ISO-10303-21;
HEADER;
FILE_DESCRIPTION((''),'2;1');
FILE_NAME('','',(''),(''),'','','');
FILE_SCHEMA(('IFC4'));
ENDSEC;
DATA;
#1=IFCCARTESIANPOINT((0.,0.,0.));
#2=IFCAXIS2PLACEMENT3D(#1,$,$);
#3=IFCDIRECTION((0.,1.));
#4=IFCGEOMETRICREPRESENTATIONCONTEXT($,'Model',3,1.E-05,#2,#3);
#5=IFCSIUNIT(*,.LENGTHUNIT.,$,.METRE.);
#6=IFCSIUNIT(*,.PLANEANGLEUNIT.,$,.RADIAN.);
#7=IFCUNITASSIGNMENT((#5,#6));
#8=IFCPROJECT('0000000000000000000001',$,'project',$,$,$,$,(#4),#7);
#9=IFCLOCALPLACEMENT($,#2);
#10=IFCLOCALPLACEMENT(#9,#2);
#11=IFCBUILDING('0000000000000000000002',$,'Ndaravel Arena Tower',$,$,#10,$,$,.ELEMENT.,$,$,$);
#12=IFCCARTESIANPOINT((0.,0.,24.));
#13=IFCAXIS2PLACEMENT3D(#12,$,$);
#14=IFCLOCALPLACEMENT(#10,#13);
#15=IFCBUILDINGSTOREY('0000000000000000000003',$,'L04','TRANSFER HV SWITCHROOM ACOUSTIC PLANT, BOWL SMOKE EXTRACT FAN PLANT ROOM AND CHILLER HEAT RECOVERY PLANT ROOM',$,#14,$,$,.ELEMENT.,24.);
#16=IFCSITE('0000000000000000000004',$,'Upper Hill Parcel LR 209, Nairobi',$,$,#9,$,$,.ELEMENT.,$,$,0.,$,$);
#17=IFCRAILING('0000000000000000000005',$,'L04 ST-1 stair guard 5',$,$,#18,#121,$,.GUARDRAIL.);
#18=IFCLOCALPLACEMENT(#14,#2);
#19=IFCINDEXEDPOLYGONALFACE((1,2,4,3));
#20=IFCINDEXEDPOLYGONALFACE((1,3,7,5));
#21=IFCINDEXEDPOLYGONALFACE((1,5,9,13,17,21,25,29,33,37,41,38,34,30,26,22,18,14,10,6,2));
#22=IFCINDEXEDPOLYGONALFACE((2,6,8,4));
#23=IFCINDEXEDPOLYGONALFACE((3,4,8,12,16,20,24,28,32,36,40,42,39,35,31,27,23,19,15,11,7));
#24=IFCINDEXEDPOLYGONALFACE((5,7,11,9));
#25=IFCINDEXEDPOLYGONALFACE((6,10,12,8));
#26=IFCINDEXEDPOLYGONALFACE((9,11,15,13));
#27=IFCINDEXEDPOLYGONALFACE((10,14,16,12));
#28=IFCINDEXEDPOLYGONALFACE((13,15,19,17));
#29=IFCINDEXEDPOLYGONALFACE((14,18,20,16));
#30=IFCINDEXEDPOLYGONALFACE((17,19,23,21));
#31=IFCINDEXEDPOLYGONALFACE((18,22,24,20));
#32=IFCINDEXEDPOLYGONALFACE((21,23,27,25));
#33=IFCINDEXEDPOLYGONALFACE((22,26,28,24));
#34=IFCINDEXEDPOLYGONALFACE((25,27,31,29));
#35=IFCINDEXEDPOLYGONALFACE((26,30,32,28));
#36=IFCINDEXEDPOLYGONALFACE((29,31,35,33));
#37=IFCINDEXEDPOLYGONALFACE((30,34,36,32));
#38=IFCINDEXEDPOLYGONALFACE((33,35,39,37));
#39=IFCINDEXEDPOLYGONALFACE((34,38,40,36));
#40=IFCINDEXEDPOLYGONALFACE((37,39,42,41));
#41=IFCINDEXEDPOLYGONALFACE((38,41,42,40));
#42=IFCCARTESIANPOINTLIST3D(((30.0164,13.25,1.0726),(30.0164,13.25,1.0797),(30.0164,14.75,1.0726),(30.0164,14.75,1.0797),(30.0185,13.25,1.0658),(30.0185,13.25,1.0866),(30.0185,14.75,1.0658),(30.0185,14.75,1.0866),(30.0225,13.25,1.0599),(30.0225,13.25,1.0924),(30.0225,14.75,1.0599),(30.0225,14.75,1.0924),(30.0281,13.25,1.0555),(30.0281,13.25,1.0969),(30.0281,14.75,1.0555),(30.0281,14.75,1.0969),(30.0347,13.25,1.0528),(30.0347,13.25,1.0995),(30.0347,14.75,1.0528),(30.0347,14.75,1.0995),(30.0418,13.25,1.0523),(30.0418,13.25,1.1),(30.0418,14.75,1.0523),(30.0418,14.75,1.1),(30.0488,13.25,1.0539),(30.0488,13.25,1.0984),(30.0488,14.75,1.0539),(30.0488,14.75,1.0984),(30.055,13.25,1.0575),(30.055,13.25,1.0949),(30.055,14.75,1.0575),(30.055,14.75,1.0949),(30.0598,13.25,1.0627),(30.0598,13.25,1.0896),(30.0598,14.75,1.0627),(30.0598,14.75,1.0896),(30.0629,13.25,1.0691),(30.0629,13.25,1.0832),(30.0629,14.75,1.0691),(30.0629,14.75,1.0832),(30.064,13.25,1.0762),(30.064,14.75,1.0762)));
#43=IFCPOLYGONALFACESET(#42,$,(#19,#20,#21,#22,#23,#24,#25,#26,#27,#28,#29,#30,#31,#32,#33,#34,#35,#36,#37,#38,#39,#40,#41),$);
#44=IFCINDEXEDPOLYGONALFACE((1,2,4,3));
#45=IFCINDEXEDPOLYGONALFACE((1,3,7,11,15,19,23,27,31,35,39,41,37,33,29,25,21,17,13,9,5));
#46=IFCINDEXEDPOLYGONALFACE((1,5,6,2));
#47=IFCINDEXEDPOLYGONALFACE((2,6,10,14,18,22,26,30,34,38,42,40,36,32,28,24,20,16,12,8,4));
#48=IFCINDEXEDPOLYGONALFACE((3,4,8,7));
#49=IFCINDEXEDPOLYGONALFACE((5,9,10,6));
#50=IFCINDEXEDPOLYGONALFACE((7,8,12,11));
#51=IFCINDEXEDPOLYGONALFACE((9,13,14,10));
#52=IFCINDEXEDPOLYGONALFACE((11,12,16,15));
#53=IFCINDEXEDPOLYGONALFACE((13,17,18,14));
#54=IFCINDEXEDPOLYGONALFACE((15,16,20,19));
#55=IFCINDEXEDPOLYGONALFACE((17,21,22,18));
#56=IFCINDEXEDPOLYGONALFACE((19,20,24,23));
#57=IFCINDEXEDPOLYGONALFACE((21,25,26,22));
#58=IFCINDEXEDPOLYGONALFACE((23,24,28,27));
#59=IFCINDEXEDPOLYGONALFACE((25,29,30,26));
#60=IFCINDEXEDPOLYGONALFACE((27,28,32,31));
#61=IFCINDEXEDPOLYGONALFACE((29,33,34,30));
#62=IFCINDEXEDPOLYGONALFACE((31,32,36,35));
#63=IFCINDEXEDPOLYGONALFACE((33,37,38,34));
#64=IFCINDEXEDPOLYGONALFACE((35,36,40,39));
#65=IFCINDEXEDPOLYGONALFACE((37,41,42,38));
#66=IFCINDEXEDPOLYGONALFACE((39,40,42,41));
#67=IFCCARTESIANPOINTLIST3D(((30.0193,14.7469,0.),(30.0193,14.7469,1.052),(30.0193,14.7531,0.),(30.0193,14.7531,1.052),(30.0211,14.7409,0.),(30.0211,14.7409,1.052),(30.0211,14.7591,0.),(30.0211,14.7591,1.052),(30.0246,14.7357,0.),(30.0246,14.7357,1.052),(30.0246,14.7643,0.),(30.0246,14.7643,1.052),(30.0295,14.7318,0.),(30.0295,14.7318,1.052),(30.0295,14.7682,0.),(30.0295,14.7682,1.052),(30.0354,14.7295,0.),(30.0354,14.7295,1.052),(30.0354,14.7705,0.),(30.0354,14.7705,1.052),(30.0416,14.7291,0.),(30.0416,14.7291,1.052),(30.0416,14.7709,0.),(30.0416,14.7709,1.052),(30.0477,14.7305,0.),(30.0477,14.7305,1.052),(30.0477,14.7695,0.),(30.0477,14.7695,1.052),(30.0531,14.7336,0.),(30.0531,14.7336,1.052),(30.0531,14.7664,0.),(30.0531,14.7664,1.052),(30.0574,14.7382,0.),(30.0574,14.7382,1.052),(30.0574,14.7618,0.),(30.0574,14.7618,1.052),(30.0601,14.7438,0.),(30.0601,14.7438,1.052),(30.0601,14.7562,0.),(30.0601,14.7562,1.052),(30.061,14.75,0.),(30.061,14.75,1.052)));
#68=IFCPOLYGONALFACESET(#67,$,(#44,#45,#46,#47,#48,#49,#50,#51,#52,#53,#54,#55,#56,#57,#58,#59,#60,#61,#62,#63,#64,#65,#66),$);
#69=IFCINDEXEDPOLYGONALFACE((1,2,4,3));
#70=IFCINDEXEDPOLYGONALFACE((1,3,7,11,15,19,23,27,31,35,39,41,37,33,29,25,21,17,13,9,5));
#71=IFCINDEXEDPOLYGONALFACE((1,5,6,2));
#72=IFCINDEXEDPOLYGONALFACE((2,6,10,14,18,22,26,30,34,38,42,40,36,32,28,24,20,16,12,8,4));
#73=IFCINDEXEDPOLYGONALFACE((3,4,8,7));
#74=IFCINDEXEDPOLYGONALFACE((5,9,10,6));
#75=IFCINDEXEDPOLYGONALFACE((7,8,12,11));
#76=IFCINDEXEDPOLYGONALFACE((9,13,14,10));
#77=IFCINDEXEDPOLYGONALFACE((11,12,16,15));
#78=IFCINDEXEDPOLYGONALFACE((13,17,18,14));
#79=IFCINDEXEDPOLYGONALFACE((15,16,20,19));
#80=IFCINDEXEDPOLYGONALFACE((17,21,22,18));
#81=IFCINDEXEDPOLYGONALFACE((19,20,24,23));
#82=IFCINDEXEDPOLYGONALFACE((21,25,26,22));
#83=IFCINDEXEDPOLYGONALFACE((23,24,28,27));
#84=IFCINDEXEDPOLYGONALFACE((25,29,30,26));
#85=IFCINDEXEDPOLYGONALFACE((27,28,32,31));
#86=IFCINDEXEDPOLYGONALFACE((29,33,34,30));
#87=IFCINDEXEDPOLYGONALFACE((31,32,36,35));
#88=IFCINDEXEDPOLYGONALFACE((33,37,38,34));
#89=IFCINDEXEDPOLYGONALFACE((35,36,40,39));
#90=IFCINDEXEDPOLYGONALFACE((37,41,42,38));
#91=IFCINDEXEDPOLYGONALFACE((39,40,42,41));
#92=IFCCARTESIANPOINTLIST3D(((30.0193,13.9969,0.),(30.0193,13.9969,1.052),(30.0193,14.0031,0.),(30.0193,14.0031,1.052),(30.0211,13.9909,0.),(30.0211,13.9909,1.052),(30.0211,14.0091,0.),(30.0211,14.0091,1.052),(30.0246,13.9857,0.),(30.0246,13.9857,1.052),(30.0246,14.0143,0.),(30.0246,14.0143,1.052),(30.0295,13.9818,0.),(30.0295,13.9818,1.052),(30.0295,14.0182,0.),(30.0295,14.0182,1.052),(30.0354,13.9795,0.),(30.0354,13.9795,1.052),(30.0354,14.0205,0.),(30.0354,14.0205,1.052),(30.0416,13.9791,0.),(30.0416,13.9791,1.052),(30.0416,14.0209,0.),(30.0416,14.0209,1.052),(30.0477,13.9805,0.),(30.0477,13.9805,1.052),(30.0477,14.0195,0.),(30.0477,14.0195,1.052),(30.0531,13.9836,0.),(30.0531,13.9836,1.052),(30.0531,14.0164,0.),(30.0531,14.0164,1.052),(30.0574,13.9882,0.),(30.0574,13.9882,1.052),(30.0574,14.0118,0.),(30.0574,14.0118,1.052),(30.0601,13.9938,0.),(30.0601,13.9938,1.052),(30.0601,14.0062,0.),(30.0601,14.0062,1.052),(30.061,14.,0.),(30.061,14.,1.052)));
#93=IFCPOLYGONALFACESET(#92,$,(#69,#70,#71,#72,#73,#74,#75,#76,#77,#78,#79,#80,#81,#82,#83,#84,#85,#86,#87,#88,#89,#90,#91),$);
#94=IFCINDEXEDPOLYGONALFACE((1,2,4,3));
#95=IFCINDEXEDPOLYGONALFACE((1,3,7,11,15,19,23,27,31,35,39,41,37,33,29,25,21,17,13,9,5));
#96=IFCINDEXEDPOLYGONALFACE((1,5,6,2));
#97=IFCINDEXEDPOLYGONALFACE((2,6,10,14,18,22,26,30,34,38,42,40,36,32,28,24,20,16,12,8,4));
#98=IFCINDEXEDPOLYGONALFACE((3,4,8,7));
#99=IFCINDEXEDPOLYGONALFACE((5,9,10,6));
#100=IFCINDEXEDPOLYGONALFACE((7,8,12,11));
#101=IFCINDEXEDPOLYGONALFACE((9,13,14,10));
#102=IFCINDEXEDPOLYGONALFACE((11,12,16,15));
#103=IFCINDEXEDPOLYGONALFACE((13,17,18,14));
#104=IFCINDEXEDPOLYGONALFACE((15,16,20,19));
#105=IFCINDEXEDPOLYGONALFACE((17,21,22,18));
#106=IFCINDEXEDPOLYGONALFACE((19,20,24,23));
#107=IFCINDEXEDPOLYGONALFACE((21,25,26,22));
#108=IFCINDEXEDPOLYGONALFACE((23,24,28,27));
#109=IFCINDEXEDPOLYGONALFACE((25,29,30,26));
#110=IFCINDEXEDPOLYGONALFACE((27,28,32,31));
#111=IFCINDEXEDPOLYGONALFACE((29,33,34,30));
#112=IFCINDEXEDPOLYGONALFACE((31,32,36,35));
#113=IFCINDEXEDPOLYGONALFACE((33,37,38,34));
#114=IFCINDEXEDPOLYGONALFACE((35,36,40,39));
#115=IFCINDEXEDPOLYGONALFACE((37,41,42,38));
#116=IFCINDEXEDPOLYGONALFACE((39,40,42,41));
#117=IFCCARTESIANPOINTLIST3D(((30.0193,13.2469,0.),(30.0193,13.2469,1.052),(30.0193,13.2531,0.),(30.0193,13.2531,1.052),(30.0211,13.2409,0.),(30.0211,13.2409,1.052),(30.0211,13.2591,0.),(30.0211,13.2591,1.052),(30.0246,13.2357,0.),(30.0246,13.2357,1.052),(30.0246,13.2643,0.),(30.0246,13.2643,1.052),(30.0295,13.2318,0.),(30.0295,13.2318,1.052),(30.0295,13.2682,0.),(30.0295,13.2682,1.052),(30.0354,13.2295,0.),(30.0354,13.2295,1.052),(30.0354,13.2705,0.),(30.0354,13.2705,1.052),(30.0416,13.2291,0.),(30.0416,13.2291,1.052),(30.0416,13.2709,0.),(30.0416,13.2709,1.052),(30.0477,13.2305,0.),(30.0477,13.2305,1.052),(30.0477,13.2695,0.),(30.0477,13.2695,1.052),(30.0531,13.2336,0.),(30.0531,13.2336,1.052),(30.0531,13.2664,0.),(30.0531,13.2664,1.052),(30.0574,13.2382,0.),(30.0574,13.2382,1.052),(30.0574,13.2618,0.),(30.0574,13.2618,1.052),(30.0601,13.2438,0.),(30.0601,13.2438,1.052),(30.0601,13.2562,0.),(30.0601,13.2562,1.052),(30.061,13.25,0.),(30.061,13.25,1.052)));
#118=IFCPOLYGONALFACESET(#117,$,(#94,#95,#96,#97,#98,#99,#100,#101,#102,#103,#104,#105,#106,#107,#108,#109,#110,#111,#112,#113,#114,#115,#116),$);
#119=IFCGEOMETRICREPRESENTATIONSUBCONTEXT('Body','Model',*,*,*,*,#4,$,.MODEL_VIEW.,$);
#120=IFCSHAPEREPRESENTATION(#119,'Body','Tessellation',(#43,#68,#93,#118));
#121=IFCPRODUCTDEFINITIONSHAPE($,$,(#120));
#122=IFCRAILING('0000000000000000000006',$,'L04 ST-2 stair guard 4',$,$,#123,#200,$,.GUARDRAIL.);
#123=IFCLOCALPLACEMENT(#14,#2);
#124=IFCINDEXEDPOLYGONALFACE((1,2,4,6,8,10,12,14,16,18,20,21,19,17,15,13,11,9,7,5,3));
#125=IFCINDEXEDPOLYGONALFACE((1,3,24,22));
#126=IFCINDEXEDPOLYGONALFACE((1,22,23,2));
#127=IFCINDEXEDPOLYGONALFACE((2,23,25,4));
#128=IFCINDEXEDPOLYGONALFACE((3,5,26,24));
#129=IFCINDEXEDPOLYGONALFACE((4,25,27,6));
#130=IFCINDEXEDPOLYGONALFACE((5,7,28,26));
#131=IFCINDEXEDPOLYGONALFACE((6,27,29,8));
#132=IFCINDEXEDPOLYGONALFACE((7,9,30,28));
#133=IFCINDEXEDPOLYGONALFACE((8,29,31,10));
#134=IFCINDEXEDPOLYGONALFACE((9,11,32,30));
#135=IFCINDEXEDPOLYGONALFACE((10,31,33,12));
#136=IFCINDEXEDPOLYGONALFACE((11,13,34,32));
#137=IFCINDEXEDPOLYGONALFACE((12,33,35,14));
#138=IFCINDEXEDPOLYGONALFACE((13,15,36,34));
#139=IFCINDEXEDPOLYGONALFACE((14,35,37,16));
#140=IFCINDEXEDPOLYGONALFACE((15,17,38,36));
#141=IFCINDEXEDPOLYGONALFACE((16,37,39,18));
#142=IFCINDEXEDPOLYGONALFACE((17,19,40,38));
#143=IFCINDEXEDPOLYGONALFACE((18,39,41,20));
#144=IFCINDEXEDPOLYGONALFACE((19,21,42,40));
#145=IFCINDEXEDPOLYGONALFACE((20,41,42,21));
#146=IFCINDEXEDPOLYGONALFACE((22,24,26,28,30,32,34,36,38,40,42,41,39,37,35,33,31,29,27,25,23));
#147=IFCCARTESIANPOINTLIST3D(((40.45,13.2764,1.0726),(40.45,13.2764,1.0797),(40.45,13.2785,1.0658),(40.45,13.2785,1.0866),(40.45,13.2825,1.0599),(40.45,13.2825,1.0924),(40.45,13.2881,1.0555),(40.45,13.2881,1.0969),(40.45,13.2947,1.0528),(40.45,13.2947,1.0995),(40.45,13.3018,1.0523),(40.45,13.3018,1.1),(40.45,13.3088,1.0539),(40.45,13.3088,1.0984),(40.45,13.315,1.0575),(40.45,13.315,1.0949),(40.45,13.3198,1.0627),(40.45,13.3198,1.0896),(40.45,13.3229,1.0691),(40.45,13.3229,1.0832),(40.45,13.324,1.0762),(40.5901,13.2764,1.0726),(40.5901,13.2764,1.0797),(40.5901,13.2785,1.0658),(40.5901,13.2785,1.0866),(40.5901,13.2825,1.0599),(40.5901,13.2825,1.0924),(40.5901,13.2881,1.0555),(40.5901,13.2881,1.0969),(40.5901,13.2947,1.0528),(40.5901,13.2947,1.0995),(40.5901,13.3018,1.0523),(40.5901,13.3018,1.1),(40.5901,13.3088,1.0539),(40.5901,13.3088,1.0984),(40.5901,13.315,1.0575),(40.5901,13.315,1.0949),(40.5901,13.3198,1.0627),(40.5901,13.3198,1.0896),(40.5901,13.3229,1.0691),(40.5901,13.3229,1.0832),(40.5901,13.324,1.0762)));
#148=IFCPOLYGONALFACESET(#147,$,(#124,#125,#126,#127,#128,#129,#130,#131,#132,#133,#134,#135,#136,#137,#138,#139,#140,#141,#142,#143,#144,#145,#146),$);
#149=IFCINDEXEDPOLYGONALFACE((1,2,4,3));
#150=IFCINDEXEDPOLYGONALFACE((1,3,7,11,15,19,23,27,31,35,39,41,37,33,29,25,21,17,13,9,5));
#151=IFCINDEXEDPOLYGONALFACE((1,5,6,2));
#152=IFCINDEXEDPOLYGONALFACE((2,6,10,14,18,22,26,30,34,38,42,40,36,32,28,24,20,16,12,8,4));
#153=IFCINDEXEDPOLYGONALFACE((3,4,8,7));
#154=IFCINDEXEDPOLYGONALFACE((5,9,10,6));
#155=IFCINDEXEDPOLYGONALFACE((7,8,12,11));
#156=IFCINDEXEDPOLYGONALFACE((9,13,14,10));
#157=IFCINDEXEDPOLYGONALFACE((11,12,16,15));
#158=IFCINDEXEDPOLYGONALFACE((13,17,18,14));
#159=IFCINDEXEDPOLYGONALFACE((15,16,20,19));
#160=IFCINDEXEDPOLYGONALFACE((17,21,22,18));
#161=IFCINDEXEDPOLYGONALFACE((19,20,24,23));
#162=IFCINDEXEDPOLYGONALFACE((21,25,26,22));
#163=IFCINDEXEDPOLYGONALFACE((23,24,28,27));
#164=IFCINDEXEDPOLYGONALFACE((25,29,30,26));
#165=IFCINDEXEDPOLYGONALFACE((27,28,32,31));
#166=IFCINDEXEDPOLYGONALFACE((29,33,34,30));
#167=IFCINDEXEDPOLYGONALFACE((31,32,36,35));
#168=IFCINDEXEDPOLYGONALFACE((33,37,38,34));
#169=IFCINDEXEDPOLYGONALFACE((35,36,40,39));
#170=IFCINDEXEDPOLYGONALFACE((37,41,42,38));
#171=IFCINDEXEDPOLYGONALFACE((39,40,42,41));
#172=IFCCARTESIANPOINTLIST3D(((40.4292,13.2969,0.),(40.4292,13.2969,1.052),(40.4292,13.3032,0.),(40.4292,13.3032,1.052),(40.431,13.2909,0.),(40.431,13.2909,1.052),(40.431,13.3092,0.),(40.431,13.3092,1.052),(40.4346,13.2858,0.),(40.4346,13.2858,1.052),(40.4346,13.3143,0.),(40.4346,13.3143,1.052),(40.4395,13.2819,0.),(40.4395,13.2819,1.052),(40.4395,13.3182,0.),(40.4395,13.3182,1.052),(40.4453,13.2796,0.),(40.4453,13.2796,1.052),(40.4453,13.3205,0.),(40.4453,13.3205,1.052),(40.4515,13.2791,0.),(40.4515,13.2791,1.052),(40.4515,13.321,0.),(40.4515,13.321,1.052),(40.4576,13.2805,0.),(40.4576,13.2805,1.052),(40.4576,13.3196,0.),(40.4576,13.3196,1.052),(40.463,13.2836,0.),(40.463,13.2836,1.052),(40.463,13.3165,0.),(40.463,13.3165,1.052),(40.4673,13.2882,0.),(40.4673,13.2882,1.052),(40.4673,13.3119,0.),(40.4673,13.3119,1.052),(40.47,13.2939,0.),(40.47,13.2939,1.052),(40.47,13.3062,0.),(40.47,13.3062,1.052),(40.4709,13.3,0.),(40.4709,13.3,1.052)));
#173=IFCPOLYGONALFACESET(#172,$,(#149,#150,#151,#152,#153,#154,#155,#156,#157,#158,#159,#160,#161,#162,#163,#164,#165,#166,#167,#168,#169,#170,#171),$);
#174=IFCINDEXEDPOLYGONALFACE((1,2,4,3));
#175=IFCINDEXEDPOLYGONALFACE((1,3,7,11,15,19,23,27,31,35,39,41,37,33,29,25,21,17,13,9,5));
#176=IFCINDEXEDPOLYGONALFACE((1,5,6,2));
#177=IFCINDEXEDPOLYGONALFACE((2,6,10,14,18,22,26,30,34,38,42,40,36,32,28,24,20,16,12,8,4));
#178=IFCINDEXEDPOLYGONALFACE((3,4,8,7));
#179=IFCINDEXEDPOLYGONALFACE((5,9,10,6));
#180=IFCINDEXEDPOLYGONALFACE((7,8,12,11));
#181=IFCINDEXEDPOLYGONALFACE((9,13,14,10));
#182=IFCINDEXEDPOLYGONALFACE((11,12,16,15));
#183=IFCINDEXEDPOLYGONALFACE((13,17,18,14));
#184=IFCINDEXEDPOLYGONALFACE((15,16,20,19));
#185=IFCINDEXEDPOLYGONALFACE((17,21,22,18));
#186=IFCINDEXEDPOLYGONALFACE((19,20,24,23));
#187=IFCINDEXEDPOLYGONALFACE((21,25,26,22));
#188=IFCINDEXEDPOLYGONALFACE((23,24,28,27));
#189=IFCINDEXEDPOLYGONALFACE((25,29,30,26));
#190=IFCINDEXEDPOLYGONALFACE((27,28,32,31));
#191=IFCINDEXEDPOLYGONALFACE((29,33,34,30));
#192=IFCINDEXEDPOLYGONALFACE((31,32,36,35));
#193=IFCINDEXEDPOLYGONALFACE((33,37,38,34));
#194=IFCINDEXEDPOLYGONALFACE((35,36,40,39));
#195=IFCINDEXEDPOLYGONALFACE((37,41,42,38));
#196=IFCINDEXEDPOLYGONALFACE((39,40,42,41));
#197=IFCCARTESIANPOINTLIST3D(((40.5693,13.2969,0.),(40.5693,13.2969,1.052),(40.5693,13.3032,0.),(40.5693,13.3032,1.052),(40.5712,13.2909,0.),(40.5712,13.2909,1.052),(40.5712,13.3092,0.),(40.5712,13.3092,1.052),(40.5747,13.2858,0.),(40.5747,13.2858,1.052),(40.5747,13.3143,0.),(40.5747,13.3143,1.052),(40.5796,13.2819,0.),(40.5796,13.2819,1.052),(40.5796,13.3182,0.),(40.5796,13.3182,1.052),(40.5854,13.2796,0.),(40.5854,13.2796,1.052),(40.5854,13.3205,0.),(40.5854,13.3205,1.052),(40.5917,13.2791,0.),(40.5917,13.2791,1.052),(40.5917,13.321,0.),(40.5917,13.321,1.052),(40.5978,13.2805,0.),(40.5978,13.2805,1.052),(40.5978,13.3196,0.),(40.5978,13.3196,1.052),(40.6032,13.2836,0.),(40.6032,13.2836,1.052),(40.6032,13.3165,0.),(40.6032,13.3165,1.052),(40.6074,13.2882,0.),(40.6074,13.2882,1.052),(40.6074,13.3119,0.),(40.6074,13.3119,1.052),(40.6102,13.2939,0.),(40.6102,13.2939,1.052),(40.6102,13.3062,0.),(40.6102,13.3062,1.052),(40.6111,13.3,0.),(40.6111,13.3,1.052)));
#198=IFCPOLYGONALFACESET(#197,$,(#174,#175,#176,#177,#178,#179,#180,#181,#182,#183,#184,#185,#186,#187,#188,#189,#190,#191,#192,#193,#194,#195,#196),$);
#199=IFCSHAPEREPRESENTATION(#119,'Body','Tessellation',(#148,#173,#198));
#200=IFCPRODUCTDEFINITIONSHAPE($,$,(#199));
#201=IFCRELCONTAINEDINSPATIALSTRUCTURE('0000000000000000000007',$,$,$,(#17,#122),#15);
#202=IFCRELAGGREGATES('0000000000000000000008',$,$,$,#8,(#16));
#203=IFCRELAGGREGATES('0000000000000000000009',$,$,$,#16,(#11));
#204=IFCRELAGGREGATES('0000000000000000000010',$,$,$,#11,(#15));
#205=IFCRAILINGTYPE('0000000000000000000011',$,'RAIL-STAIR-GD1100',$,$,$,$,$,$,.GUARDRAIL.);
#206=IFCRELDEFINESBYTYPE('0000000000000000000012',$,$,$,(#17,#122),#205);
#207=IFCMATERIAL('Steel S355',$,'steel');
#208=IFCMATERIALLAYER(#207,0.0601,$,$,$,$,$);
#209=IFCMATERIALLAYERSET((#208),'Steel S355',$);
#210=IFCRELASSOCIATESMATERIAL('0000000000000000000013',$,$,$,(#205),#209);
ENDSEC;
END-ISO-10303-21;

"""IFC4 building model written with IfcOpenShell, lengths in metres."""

from ifc_helpers import new_model, si_unit, direction, frame, origin, origin_2d, place, context, subcontext, project, spatial, circle, extrude, material, layer, layer_set, type_object, element, save


model = new_model("IFC4")

# Units and contexts
model_context = context("Model", 3, precision=1e-05, world=origin(), true_north=direction((0.0, 1.0)))
body_context = subcontext(model_context, "Body", "Model", "MODEL_VIEW")
ifc_project = project(units=[si_unit("LENGTHUNIT", "METRE"), si_unit("PLANEANGLEUNIT", "RADIAN")], contexts=[model_context])

# Site, building, storey
site_placement = place(None, origin())
site = spatial("IfcSite", under=ifc_project, at=site_placement, Name="Upper Hill Parcel LR 209, Nairobi", CompositionType="ELEMENT", RefElevation=0.0)
building_placement = place(site_placement, origin())
building = spatial("IfcBuilding", under=site, at=building_placement, Name="Ndaravel Arena Tower", CompositionType="ELEMENT")
storey_placement = place(building_placement, frame((0.0, 0.0, 24.0)))
storey = spatial("IfcBuildingStorey", under=building, at=storey_placement, Name="L04", Description="TRANSFER HV SWITCHROOM ACOUSTIC PLANT, BOWL SMOKE EXTRACT FAN PLANT ROOM AND CHILLER HEAT RECOVERY PLANT ROOM", CompositionType="ELEMENT", Elevation=24.0)

# Railings
ifc_material_1 = material(Name="Steel S355", Category="steel")
ifc_layer_1 = layer(ifc_material_1, 0.0601)
ifc_layer_set_1 = layer_set([ifc_layer_1], Name="Steel S355")
railing_type_1 = type_object("IfcRailingType", Name="RAIL-STAIR-GD1100", PredefinedType="GUARDRAIL", material=ifc_layer_set_1)
railing_1_placement = place(storey_placement, frame((30.04, 14.75, 0.0)))
element("IfcRailing", 1, at=railing_1_placement, inside=storey, type_object=railing_type_1, Name="L04 ST-1 stair guard 5", PredefinedType="GUARDRAIL", context=body_context, shape_type="SweptSolid", body=[
    extrude(circle(Radius=0.0239, at=origin_2d()), frame((0.0, 0.0, 1.0762), z_axis=(0.0, -1.0, 0.0), x_axis=(1.0, 0.0, 0.0)), (0.0, 0.0, 1.0), 1.5),
    extrude(circle(Radius=0.021, at=origin_2d()), origin(), (0.0, 0.0, 1.0), 1.052),
    extrude(circle(Radius=0.021, at=origin_2d()), frame((0.0, -0.75, 0.0)), (0.0, 0.0, 1.0), 1.052),
    extrude(circle(Radius=0.021, at=origin_2d()), frame((0.0, -1.5, 0.0)), (0.0, 0.0, 1.0), 1.052),
])
railing_2_placement = place(storey_placement, frame((40.45, 13.3, 0.0)))
element("IfcRailing", 2, at=railing_2_placement, inside=storey, type_object=railing_type_1, Name="L04 ST-2 stair guard 4", PredefinedType="GUARDRAIL", context=body_context, shape_type="SweptSolid", body=[
    extrude(circle(Radius=0.0239, at=origin_2d()), frame((0.0, 0.0, 1.0762), z_axis=(1.0, 0.0, 0.0), x_axis=(0.0, 1.0, 0.0)), (0.0, 0.0, 1.0), 0.1401),
    extrude(circle(Radius=0.021, at=origin_2d()), origin(), (0.0, 0.0, 1.0), 1.052),
    extrude(circle(Radius=0.021, at=origin_2d()), frame((0.1401, 0.0, 0.0)), (0.0, 0.0, 1.0), 1.052),
])

save(model, "model.ifc")
